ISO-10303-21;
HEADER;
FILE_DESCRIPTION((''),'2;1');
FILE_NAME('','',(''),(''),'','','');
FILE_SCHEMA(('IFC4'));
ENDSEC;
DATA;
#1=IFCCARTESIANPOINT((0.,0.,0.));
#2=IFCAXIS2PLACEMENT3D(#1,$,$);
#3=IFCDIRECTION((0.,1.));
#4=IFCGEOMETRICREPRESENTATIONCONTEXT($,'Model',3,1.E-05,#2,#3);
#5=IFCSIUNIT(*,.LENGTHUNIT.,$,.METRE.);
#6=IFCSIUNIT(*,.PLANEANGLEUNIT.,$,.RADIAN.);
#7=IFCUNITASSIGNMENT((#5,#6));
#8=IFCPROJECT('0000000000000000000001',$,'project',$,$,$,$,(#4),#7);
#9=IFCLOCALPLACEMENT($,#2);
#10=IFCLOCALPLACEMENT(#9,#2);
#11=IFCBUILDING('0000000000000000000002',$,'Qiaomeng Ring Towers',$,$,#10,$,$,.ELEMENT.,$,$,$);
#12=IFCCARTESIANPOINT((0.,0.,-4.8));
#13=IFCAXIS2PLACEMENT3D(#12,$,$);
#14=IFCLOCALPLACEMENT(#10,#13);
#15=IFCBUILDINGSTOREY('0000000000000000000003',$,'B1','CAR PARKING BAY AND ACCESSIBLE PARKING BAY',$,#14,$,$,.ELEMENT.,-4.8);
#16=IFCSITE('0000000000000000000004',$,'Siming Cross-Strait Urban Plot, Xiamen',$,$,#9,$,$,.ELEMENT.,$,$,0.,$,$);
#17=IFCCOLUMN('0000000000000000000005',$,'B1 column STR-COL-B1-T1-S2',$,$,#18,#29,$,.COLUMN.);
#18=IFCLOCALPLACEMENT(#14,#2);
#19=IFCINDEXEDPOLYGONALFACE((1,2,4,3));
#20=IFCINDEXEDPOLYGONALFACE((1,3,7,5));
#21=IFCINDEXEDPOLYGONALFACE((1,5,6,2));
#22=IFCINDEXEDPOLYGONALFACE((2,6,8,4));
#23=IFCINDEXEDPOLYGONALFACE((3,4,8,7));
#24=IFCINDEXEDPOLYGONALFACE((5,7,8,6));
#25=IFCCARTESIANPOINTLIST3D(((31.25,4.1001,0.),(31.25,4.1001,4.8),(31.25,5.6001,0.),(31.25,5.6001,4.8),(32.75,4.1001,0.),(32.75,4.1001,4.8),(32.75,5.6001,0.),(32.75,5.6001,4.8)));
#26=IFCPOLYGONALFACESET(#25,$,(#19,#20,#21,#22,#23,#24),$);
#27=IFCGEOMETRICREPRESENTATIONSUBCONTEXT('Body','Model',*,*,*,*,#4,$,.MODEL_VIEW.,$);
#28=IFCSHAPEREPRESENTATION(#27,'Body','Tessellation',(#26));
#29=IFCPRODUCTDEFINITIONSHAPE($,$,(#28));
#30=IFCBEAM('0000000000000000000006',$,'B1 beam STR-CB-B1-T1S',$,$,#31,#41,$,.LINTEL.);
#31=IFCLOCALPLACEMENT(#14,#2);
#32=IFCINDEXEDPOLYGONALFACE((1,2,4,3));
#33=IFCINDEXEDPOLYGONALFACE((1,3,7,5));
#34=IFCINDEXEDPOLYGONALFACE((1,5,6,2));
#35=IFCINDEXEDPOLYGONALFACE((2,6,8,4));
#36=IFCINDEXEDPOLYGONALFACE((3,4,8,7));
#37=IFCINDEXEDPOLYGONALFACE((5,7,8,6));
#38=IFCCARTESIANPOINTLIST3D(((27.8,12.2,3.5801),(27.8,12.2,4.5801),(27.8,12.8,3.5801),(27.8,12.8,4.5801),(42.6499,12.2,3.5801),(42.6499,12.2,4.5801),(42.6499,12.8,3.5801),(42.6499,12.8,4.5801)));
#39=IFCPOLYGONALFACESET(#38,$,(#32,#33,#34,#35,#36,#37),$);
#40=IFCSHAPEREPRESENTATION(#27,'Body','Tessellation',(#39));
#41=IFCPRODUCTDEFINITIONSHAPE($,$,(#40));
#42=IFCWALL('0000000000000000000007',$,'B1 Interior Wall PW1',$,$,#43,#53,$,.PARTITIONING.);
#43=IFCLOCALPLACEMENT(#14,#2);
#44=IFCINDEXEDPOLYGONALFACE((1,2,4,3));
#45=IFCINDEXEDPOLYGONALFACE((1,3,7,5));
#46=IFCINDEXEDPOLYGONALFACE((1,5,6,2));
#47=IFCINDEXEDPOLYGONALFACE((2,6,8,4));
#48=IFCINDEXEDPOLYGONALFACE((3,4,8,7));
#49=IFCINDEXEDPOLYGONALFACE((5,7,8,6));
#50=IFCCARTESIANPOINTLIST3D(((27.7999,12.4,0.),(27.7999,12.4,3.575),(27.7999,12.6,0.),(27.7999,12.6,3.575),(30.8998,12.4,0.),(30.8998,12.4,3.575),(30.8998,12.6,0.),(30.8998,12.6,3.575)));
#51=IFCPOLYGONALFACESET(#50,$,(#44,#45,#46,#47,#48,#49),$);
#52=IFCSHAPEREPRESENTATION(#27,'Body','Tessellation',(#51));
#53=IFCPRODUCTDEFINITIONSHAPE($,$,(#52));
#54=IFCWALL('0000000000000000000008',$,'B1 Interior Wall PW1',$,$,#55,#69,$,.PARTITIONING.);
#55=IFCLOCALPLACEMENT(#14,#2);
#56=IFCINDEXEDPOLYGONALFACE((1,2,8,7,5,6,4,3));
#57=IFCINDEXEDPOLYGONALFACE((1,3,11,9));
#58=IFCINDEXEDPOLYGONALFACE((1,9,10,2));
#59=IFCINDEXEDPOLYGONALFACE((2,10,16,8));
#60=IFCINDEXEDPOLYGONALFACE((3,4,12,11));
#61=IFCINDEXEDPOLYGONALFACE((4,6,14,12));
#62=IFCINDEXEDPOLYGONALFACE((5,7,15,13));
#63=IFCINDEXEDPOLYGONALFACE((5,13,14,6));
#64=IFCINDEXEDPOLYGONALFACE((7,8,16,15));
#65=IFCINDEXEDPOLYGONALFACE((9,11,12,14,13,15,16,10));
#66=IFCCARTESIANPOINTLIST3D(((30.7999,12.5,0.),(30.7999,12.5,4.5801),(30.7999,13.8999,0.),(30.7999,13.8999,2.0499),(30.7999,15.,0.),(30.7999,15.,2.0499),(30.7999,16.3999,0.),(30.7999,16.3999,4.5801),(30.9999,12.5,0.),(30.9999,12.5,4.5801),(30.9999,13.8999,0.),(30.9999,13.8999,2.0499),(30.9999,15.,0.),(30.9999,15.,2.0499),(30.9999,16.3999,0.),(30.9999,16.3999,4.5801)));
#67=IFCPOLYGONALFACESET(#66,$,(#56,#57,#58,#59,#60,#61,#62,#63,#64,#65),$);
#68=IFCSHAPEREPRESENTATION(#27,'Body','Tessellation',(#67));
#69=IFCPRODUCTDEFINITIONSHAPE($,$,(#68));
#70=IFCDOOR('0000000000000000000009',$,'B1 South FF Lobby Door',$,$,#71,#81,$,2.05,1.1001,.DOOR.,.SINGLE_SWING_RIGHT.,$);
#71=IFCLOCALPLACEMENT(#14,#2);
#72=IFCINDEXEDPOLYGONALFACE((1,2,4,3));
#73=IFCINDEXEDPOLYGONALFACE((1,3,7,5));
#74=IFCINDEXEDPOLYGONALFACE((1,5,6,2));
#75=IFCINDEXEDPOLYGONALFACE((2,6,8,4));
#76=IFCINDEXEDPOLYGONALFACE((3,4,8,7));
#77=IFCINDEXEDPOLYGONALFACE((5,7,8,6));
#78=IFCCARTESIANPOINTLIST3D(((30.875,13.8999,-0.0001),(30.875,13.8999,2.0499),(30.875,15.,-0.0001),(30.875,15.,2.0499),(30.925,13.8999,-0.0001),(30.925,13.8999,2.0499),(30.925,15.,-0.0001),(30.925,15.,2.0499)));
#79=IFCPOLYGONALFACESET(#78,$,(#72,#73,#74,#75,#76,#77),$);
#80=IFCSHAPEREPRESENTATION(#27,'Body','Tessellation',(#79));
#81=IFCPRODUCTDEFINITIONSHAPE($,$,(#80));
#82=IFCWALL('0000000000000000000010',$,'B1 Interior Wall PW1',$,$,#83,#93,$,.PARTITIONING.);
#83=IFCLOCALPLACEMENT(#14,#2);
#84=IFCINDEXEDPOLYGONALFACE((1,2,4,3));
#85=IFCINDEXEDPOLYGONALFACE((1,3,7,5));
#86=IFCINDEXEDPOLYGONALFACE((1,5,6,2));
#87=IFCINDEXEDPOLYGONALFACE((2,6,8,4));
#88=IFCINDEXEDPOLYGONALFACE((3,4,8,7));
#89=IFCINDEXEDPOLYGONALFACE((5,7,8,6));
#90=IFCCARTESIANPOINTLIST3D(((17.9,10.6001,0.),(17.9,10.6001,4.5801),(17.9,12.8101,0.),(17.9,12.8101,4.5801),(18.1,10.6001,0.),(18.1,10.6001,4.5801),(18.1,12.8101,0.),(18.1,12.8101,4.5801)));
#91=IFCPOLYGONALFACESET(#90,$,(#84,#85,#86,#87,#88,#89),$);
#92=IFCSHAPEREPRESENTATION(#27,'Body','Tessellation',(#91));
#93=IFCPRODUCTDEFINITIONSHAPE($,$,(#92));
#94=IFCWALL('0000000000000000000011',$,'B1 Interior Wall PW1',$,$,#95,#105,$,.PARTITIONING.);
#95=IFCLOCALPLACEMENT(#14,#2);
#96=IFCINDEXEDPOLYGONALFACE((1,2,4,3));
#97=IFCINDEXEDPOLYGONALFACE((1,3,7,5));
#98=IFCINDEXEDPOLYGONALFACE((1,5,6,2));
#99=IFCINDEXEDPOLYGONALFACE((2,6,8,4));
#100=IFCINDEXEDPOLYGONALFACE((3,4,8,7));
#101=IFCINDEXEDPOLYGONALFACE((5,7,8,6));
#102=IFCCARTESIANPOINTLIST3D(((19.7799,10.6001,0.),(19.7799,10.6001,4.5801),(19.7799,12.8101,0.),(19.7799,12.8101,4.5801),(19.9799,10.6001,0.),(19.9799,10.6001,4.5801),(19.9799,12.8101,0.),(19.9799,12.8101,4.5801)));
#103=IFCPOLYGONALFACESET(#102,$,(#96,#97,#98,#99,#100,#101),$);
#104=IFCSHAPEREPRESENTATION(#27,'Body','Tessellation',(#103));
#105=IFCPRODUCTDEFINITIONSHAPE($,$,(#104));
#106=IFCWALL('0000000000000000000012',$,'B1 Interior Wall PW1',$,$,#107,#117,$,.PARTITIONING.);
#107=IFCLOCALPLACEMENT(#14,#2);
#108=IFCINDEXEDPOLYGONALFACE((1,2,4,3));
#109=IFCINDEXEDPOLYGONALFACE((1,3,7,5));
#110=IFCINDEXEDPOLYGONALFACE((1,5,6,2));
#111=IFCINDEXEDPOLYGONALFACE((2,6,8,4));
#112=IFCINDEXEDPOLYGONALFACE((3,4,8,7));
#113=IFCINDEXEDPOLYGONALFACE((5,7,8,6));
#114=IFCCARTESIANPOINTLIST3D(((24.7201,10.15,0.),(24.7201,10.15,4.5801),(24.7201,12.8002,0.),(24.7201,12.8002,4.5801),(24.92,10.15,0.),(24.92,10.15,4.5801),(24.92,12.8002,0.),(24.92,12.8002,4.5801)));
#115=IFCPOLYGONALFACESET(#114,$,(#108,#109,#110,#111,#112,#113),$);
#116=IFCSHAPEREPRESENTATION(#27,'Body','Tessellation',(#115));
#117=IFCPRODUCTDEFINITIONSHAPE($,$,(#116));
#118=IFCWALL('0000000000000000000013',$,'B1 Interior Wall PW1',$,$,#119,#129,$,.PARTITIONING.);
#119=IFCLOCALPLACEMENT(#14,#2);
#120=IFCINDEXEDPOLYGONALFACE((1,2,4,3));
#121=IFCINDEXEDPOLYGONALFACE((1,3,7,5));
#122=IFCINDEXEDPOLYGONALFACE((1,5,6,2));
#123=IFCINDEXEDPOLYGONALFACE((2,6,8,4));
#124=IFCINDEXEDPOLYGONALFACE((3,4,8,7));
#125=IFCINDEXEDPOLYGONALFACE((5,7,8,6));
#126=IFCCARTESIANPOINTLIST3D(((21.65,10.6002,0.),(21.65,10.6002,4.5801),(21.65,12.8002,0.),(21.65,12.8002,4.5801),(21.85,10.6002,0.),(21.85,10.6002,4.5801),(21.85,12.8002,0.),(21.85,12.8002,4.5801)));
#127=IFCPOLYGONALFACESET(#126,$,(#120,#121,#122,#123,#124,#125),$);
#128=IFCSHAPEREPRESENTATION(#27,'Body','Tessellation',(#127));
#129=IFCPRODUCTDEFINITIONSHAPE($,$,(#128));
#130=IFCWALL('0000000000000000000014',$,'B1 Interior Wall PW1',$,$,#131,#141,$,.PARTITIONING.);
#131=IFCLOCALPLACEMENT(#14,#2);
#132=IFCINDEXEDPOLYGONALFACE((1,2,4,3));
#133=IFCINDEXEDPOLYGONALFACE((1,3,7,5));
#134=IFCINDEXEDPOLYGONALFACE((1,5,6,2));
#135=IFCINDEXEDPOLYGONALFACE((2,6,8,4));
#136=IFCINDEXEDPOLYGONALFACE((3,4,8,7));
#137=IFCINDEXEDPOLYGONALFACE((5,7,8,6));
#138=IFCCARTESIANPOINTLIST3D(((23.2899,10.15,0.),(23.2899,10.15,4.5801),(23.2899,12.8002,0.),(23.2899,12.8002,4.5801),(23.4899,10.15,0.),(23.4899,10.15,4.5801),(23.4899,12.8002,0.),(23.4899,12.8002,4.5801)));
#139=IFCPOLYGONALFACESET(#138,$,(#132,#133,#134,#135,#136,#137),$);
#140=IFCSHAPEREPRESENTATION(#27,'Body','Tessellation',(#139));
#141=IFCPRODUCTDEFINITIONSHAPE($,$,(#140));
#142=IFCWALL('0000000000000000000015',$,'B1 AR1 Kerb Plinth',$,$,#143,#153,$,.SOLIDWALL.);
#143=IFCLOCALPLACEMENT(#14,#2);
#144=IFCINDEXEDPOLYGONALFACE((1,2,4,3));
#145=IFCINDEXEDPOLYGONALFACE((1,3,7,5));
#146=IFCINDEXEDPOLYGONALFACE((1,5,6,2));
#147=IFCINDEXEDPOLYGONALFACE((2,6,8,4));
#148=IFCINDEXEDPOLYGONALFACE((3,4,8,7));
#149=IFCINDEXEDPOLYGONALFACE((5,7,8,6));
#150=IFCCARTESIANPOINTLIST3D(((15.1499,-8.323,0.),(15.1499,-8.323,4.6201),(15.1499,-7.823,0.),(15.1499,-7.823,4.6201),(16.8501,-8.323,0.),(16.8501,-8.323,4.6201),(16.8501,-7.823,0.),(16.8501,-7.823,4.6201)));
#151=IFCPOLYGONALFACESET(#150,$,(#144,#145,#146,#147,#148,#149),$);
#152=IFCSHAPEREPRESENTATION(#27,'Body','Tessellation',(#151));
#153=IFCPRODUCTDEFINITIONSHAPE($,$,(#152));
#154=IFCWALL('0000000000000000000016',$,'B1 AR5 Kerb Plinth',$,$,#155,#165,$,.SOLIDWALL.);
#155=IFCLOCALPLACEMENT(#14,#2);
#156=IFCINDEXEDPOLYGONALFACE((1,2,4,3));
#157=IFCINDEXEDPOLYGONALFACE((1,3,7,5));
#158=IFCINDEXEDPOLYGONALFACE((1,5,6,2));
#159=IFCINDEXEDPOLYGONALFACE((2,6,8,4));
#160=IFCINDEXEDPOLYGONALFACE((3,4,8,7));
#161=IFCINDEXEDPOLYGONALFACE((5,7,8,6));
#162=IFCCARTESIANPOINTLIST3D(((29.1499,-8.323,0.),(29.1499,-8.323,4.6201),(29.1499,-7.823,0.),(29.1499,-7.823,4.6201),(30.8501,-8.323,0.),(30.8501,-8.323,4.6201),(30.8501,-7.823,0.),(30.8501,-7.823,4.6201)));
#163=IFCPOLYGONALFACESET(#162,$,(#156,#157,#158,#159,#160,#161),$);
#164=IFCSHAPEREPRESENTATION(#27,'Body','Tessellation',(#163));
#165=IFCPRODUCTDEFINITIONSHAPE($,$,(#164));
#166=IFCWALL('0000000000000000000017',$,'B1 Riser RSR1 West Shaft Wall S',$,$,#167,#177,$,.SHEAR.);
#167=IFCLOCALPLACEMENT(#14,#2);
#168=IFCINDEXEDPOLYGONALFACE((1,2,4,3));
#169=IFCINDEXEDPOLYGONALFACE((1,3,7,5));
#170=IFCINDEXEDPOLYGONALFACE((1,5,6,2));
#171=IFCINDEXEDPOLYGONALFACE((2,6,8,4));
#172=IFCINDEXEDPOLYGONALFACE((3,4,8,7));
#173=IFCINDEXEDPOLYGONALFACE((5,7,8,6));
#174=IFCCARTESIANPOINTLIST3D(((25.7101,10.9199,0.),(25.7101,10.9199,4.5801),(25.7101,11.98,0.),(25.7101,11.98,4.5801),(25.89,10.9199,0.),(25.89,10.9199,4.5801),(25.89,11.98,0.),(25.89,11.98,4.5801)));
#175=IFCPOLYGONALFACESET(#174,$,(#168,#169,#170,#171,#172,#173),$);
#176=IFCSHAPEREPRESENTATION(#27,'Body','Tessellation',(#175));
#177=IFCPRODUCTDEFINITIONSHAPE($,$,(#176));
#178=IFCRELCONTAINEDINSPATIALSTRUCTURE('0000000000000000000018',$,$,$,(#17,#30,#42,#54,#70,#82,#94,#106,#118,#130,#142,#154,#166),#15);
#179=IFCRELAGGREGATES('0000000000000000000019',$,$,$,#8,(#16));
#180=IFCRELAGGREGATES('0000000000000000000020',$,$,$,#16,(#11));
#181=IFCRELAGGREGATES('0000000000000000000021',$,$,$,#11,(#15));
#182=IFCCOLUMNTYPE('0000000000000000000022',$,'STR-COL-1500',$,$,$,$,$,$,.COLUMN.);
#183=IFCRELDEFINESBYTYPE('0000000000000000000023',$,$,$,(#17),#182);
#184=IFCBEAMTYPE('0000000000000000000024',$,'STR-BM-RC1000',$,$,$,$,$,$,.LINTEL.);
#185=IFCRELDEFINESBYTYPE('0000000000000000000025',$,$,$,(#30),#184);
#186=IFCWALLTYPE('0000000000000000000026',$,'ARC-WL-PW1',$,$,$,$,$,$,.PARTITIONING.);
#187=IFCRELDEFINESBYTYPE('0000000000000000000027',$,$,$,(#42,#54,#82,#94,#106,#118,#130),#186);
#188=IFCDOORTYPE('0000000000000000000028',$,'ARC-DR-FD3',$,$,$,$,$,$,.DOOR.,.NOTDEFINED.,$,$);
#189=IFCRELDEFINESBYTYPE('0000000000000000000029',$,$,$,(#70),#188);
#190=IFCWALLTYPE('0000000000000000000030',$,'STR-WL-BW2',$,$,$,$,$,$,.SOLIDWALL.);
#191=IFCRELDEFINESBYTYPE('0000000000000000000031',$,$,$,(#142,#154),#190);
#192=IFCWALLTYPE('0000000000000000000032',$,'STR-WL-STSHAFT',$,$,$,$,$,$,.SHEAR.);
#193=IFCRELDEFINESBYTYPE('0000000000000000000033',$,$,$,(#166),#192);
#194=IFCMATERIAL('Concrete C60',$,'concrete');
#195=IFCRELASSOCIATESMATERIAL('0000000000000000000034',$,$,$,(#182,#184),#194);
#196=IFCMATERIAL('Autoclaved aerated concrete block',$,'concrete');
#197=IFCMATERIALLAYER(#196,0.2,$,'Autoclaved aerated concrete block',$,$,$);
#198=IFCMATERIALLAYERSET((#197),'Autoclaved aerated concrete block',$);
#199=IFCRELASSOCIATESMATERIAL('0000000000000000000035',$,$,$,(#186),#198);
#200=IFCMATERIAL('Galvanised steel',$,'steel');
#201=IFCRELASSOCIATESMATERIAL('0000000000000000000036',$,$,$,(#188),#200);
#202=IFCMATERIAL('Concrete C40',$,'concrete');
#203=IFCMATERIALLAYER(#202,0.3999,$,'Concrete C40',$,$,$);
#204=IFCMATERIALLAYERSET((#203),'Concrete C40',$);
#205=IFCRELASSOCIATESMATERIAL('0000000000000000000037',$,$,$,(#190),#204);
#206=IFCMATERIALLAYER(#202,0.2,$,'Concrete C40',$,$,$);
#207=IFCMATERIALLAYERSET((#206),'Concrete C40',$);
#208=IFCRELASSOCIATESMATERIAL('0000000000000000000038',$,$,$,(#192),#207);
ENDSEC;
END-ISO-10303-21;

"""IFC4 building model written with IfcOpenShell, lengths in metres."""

from ifc_helpers import new_model, si_unit, direction, frame, frame_2d, origin, origin_2d, place, context, subcontext, project, spatial, rectangle, extrude, source, transform, mapped, material, layer, layer_set, material_profile, profile_set, type_object, element, fill, save


model = new_model("IFC4")

# Units and contexts
model_context = context("Model", 3, precision=1e-05, world=origin(), true_north=direction((0.0, 1.0)))
body_context = subcontext(model_context, "Body", "Model", "MODEL_VIEW")
ifc_project = project(units=[si_unit("LENGTHUNIT", "METRE"), si_unit("PLANEANGLEUNIT", "RADIAN")], contexts=[model_context])

# Site, building, storey
site_placement = place(None, origin())
site = spatial("IfcSite", under=ifc_project, at=site_placement, Name="Siming Cross-Strait Urban Plot, Xiamen", CompositionType="ELEMENT", RefElevation=0.0)
building_placement = place(site_placement, origin())
building = spatial("IfcBuilding", under=site, at=building_placement, Name="Qiaomeng Ring Towers", CompositionType="ELEMENT")
storey_placement = place(building_placement, frame((0.0, 0.0, -4.8)))
storey = spatial("IfcBuildingStorey", under=building, at=storey_placement, Name="B1", Description="CAR PARKING BAY AND ACCESSIBLE PARKING BAY", CompositionType="ELEMENT", Elevation=-4.8)

# Column
ifc_material_1 = material(Name="Concrete C60", Category="concrete")
ifc_material_profile_1 = material_profile(ifc_material_1, rectangle(XDim=1.5, YDim=1.5, at=origin_2d()), Name="RC COL 1500x1500")
ifc_profile_set_1 = profile_set([ifc_material_profile_1], Name="Concrete C60")
column_type = type_object("IfcColumnType", Name="STR-COL-1500", PredefinedType="COLUMN", material=ifc_profile_set_1)
shared_shape_1 = source(origin(), body_context, "Body", "SweptSolid", [
    extrude(rectangle(XDim=1.5, YDim=1.5, at=origin_2d()), origin(), (0.0, 0.0, 1.0), 4.8),
])
column_placement = place(storey_placement, frame((32.0, 4.8501, 0.0), z_axis=(0.0, 0.0, 1.0), x_axis=(1.0, 0.0, 0.0)))
element("IfcColumn", 1, at=column_placement, inside=storey, type_object=column_type, Name="B1 column STR-COL-B1-T1-S2", PredefinedType="COLUMN", context=body_context, shape_type="MappedRepresentation", body=[
    mapped(shared_shape_1, transform((0.0, 0.0, 0.0), x_axis=(1.0, 0.0, 0.0), y_axis=(0.0, 1.0, 0.0), z_axis=(0.0, 0.0, 1.0), scale=1.0)),
])

# Beam
ifc_material_profile_2 = material_profile(ifc_material_1, rectangle(XDim=0.6001, YDim=1.0, at=origin_2d()), Name="RC BM 600x1000")
ifc_profile_set_2 = profile_set([ifc_material_profile_2], Name="Concrete C60")
beam_type = type_object("IfcBeamType", Name="STR-BM-RC1000", PredefinedType="LINTEL", material=ifc_profile_set_2)
shared_shape_2 = source(origin(), body_context, "Body", "SweptSolid", [
    extrude(rectangle(XDim=0.6001, YDim=1.0, at=origin_2d()), origin(), (0.0, 0.0, 1.0), 14.8499),
])
beam_placement = place(storey_placement, frame((27.8, 12.5, 4.0801), z_axis=(1.0, 0.0, 0.0), x_axis=(0.0, 1.0, 0.0)))
element("IfcBeam", 2, at=beam_placement, inside=storey, type_object=beam_type, Name="B1 beam STR-CB-B1-T1S", PredefinedType="LINTEL", context=body_context, shape_type="MappedRepresentation", body=[
    mapped(shared_shape_2, transform((0.0, 0.0, 0.0), x_axis=(1.0, 0.0, 0.0), y_axis=(0.0, 1.0, 0.0), z_axis=(0.0, 0.0, 1.0), scale=1.0)),
])

# Wall
ifc_material_2 = material(Name="Autoclaved aerated concrete block", Category="concrete")
ifc_layer_1 = layer(ifc_material_2, 0.2, Name="Autoclaved aerated concrete block")
ifc_layer_set_1 = layer_set([ifc_layer_1], Name="Autoclaved aerated concrete block")
wall_type_1 = type_object("IfcWallType", Name="ARC-WL-PW1", PredefinedType="PARTITIONING", material=ifc_layer_set_1)
wall_1_placement = place(storey_placement, frame((27.8, 12.5, 0.0), z_axis=(0.0, 0.0, 1.0), x_axis=(1.0, 0.0, 0.0)))
element("IfcWall", 3, at=wall_1_placement, inside=storey, type_object=wall_type_1, Name="B1 Interior Wall PW1", PredefinedType="PARTITIONING", context=body_context, shape_type="SweptSolid", body=[
    extrude(rectangle(XDim=3.0999, YDim=0.2, at=frame_2d((1.5498, 0.0))), origin(), (0.0, 0.0, 1.0), 3.575),
])

# Wall, opening, door
wall_2_placement = place(storey_placement, frame((30.8999, 12.5, 0.0), z_axis=(0.0, 0.0, 1.0), x_axis=(0.0, 1.0, 0.0)))
wall_2 = element("IfcWall", 4, at=wall_2_placement, inside=storey, type_object=wall_type_1, Name="B1 Interior Wall PW1", PredefinedType="PARTITIONING", context=body_context, shape_type="SweptSolid", body=[
    extrude(rectangle(XDim=3.8999, YDim=0.2, at=frame_2d((1.95, 0.0))), origin(), (0.0, 0.0, 1.0), 4.5801),
])
opening_1_placement = place(wall_2_placement, frame((1.3999, 0.0, 0.0)))
opening_1 = element("IfcOpeningElement", 5, at=opening_1_placement, cuts=wall_2, PredefinedType="OPENING", context=body_context, shape_type="SweptSolid", body=[
    extrude(rectangle(XDim=1.1001, YDim=2.05, at=frame_2d((0.55, 1.0249))), frame((0.0, 0.1099, 0.0), z_axis=(0.0, -1.0, 0.0), x_axis=(1.0, 0.0, 0.0)), (0.0, 0.0, 1.0), 0.22),
])
ifc_material_3 = material(Name="Galvanised steel", Category="steel")
door_type_1 = type_object("IfcDoorType", Name="ARC-DR-FD3", OperationType="NOTDEFINED", PredefinedType="DOOR", material=ifc_material_3)
shared_shape_3 = source(origin(), body_context, "Body", "SweptSolid", [
    extrude(rectangle(XDim=1.1001, YDim=2.05, at=frame_2d((0.55, 1.0249))), frame((0.0, 0.0249, 0.0), z_axis=(0.0, -1.0, 0.0), x_axis=(1.0, 0.0, 0.0)), (0.0, 0.0, 1.0), 0.05),
])
door_1_placement = place(opening_1_placement, origin())
door_1 = element("IfcDoor", 6, at=door_1_placement, inside=storey, type_object=door_type_1, Name="B1 South FF Lobby Door", OperationType="SINGLE_SWING_RIGHT", OverallHeight=2.05, OverallWidth=1.1001, PredefinedType="DOOR", context=body_context, shape_type="MappedRepresentation", body=[
    mapped(shared_shape_3, transform((0.0, 0.0, 0.0), x_axis=(1.0, 0.0, 0.0), y_axis=(0.0, 1.0, 0.0), z_axis=(0.0, 0.0, 1.0), scale=1.0)),
])
fill(opening_1, door_1)

# Walls
for number, where, z_axis, x_axis, name in (
    (7, (18.0, 10.6001, 0.0), (0.0, 0.0, 1.0), (0.0, 1.0, 0.0), "B1 Interior Wall PW1"),
    (8, (19.8799, 10.6001, 0.0), (0.0, 0.0, 1.0), (0.0, 1.0, 0.0), "B1 Interior Wall PW1"),
):
    element("IfcWall", number, at=place(storey_placement, frame(where, z_axis=z_axis, x_axis=x_axis)), inside=storey, type_object=wall_type_1, Name=name, PredefinedType="PARTITIONING", context=body_context, shape_type="SweptSolid", body=[
        extrude(rectangle(XDim=2.21, YDim=0.2, at=frame_2d((1.105, 0.0))), origin(), (0.0, 0.0, 1.0), 4.5801),
    ])
wall_3_placement = place(storey_placement, frame((24.8201, 10.1499, 0.0), z_axis=(0.0, 0.0, 1.0), x_axis=(0.0, 1.0, 0.0)))
element("IfcWall", 9, at=wall_3_placement, inside=storey, type_object=wall_type_1, Name="B1 Interior Wall PW1", PredefinedType="PARTITIONING", context=body_context, shape_type="SweptSolid", body=[
    extrude(rectangle(XDim=2.6501, YDim=0.2, at=frame_2d((1.3252, 0.0))), origin(), (0.0, 0.0, 1.0), 4.5801),
])
wall_4_placement = place(storey_placement, frame((21.75, 10.6001, 0.0), z_axis=(0.0, 0.0, 1.0), x_axis=(0.0, 1.0, 0.0)))
element("IfcWall", 10, at=wall_4_placement, inside=storey, type_object=wall_type_1, Name="B1 Interior Wall PW1", PredefinedType="PARTITIONING", context=body_context, shape_type="SweptSolid", body=[
    extrude(rectangle(XDim=2.2, YDim=0.2, at=frame_2d((1.1001, 0.0))), origin(), (0.0, 0.0, 1.0), 4.5801),
])
wall_5_placement = place(storey_placement, frame((23.3899, 10.1499, 0.0), z_axis=(0.0, 0.0, 1.0), x_axis=(0.0, 1.0, 0.0)))
element("IfcWall", 11, at=wall_5_placement, inside=storey, type_object=wall_type_1, Name="B1 Interior Wall PW1", PredefinedType="PARTITIONING", context=body_context, shape_type="SweptSolid", body=[
    extrude(rectangle(XDim=2.6501, YDim=0.2, at=frame_2d((1.3252, 0.0))), origin(), (0.0, 0.0, 1.0), 4.5801),
])
ifc_material_4 = material(Name="Concrete C40", Category="concrete")
ifc_layer_2 = layer(ifc_material_4, 0.3999, Name="Concrete C40")
ifc_layer_set_2 = layer_set([ifc_layer_2], Name="Concrete C40")
wall_type_2 = type_object("IfcWallType", Name="STR-WL-BW2", PredefinedType="SOLIDWALL", material=ifc_layer_set_2)
for number, where, z_axis, x_axis, name in (
    (12, (15.1499, -8.073, 0.0), (0.0, 0.0, 1.0), (1.0, 0.0, 0.0), "B1 AR1 Kerb Plinth"),
    (13, (29.1499, -8.073, 0.0), (0.0, 0.0, 1.0), (1.0, 0.0, 0.0), "B1 AR5 Kerb Plinth"),
):
    element("IfcWall", number, at=place(storey_placement, frame(where, z_axis=z_axis, x_axis=x_axis)), inside=storey, type_object=wall_type_2, Name=name, PredefinedType="SOLIDWALL", context=body_context, shape_type="SweptSolid", body=[
        extrude(rectangle(XDim=1.7002, YDim=0.5, at=frame_2d((0.8501, 0.0))), origin(), (0.0, 0.0, 1.0), 4.6201),
    ])
ifc_layer_3 = layer(ifc_material_4, 0.2, Name="Concrete C40")
ifc_layer_set_3 = layer_set([ifc_layer_3], Name="Concrete C40")
wall_type_3 = type_object("IfcWallType", Name="STR-WL-STSHAFT", PredefinedType="SHEAR", material=ifc_layer_set_3)
wall_6_placement = place(storey_placement, frame((25.8, 10.9199, 0.0), z_axis=(0.0, 0.0, 1.0), x_axis=(0.0, 1.0, 0.0)))
element("IfcWall", 14, at=wall_6_placement, inside=storey, type_object=wall_type_3, Name="B1 Riser RSR1 West Shaft Wall S", PredefinedType="SHEAR", context=body_context, shape_type="SweptSolid", body=[
    extrude(rectangle(XDim=1.0601, YDim=0.1799, at=frame_2d((0.53, 0.0))), origin(), (0.0, 0.0, 1.0), 4.5801),
])

save(model, "model.ifc")
